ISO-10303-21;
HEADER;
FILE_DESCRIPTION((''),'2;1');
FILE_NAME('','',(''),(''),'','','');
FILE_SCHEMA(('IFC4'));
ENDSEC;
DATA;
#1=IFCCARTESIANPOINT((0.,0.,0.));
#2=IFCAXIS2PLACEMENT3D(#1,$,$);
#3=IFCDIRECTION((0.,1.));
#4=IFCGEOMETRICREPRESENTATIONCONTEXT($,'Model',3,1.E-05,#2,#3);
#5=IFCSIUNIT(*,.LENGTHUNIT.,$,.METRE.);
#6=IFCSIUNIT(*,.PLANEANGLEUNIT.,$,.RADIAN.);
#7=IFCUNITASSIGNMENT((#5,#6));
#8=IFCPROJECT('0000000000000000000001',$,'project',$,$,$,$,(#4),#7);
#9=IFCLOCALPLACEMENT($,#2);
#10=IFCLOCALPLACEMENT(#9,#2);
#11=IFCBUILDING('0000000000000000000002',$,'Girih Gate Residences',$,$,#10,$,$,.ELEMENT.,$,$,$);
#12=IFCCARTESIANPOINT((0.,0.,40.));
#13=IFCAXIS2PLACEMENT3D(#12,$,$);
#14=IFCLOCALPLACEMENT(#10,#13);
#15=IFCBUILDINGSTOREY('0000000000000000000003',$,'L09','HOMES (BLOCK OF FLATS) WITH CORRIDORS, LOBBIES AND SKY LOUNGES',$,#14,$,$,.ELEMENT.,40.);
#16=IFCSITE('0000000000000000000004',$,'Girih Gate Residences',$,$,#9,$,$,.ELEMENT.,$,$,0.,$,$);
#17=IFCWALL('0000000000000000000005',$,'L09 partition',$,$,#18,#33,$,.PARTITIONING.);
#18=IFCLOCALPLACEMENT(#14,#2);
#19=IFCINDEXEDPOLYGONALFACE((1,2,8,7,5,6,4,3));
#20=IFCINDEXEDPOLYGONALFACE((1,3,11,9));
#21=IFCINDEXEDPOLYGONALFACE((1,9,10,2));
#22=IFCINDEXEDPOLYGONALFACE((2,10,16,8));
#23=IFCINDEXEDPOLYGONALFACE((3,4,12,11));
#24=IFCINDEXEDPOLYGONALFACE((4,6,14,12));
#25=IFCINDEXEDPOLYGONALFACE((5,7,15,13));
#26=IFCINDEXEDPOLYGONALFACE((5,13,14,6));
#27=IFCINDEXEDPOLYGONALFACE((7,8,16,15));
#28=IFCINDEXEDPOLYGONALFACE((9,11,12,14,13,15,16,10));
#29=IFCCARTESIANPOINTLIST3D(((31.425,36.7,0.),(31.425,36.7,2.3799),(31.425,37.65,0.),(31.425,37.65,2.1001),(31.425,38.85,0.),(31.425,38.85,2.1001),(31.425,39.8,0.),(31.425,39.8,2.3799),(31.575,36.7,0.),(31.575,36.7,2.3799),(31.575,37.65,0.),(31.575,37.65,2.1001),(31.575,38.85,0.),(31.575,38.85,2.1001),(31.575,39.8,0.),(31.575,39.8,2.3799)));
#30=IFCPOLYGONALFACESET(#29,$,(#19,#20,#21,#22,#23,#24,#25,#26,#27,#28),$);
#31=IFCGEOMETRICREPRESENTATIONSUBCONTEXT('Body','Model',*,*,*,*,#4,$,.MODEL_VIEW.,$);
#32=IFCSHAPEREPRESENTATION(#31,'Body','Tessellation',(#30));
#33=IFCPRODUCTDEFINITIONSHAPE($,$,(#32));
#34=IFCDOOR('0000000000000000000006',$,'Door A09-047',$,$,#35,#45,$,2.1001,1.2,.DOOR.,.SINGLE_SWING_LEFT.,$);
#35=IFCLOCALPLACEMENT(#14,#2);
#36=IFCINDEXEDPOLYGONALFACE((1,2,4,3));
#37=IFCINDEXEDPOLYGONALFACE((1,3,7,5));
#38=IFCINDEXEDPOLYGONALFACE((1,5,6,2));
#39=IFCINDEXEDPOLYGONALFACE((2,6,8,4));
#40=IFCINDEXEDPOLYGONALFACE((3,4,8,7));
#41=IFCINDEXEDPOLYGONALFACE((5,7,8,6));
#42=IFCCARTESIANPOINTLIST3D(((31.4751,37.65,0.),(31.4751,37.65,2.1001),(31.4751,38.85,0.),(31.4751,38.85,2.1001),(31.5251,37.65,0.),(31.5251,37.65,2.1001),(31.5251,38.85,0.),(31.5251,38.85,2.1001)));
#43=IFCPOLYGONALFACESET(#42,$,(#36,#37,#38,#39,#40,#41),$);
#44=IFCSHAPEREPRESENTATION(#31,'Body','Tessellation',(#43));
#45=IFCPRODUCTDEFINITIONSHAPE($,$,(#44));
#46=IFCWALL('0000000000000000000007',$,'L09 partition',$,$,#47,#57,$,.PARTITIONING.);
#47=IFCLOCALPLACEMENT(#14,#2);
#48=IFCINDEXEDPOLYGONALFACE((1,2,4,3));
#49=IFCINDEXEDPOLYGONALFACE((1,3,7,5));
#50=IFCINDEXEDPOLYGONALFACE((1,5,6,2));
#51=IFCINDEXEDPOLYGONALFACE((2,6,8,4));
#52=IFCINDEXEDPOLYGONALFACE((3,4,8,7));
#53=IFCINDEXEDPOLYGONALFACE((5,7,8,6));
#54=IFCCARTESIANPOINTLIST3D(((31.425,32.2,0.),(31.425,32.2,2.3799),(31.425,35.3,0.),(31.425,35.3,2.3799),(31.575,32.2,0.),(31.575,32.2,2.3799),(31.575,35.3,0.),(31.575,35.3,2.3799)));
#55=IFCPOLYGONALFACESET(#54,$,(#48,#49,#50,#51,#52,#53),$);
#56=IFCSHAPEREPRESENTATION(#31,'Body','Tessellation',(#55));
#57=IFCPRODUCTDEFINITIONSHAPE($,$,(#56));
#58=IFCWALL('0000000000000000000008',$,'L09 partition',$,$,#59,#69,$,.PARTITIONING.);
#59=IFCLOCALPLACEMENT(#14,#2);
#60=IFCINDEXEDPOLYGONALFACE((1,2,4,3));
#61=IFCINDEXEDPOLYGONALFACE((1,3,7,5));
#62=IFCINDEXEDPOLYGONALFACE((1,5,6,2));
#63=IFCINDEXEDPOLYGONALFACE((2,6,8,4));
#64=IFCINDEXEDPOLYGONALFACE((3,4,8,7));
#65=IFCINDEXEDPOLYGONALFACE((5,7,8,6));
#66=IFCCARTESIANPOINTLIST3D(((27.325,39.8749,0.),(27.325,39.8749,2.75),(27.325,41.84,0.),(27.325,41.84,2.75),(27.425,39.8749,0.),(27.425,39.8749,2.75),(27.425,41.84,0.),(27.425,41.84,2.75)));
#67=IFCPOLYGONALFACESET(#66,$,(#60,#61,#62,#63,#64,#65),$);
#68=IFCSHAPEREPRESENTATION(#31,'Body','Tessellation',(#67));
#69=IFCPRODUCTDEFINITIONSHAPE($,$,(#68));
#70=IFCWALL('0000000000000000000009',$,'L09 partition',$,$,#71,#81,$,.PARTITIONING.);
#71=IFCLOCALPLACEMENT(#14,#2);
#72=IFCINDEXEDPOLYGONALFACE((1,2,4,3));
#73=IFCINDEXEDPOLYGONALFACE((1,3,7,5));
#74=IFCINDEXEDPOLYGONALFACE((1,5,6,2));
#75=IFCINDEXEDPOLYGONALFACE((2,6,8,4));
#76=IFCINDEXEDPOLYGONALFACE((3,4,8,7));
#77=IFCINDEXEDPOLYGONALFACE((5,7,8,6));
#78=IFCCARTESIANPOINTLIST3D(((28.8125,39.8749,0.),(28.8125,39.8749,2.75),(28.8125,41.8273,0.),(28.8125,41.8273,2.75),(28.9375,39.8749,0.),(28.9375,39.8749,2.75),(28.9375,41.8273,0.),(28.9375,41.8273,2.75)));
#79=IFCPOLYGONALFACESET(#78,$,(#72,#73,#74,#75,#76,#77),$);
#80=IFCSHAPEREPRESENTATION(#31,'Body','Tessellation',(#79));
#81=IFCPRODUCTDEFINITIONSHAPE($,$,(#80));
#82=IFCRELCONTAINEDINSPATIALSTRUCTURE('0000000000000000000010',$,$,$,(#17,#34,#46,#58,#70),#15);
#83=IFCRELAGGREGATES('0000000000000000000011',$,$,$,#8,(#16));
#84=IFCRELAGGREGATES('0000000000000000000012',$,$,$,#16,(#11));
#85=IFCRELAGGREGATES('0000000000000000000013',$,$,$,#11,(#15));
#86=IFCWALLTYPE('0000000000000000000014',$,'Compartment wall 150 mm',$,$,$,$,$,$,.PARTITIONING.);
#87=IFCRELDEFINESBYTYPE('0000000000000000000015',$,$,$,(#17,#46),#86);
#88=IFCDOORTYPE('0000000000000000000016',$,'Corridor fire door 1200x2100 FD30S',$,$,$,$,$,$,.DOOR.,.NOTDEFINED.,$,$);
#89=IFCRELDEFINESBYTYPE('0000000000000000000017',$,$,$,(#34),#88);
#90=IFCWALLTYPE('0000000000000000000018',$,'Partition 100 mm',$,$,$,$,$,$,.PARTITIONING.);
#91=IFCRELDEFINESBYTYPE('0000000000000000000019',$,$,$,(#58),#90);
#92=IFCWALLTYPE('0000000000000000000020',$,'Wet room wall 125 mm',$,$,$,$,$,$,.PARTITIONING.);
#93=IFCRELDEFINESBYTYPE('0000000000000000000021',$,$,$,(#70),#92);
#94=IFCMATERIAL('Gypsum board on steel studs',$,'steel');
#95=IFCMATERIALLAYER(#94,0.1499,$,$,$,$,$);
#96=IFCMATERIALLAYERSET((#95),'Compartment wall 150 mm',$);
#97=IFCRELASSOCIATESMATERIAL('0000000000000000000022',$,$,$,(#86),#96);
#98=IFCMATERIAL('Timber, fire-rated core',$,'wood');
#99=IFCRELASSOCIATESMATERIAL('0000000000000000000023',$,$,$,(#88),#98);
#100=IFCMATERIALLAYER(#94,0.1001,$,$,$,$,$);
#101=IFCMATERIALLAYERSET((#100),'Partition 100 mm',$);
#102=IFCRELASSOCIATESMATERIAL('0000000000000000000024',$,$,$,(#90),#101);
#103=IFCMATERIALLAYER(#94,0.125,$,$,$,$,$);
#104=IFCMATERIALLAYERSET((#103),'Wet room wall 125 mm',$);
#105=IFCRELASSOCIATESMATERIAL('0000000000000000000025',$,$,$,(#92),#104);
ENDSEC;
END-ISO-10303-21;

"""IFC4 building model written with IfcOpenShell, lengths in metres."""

from ifc_helpers import new_model, si_unit, direction, frame, frame_2d, origin, place, context, subcontext, project, spatial, rectangle, extrude, material, layer, layer_set, type_object, element, fill, save


model = new_model("IFC4")

# Units and contexts
model_context = context("Model", 3, precision=1e-05, world=origin(), true_north=direction((0.0, 1.0)))
body_context = subcontext(model_context, "Body", "Model", "MODEL_VIEW")
ifc_project = project(units=[si_unit("LENGTHUNIT", "METRE"), si_unit("PLANEANGLEUNIT", "RADIAN")], contexts=[model_context])

# Site, building, storey
site_placement = place(None, origin())
site = spatial("IfcSite", under=ifc_project, at=site_placement, Name="Girih Gate Residences", CompositionType="ELEMENT", RefElevation=0.0)
building_placement = place(site_placement, origin())
building = spatial("IfcBuilding", under=site, at=building_placement, Name="Girih Gate Residences", CompositionType="ELEMENT")
storey_placement = place(building_placement, frame((0.0, 0.0, 40.0)))
storey = spatial("IfcBuildingStorey", under=building, at=storey_placement, Name="L09", Description="HOMES (BLOCK OF FLATS) WITH CORRIDORS, LOBBIES AND SKY LOUNGES", CompositionType="ELEMENT", Elevation=40.0)

# Shared definitions
ifc_material_1 = material(Name="Gypsum board on steel studs", Category="steel")
ifc_layer_1 = layer(ifc_material_1, 0.1499)
ifc_layer_set_1 = layer_set([ifc_layer_1], Name="Compartment wall 150 mm")
wall_type_1 = type_object("IfcWallType", Name="Compartment wall 150 mm", PredefinedType="PARTITIONING", material=ifc_layer_set_1)

# Wall, opening, door
ifc_material_2 = material(Name="Timber, fire-rated core", Category="wood")
wall_1_placement = place(storey_placement, frame((31.5, 36.7, 0.0), z_axis=(0.0, 0.0, 1.0), x_axis=(0.0, 1.0, 0.0)))
wall_1 = element("IfcWall", 1, at=wall_1_placement, inside=storey, type_object=wall_type_1, Name="L09 partition", PredefinedType="PARTITIONING", context=body_context, shape_type="SweptSolid", body=[
    extrude(rectangle(XDim=3.1001, YDim=0.1499, at=frame_2d((1.55, 0.0))), origin(), (0.0, 0.0, 1.0), 2.3799),
])
opening_1_placement = place(wall_1_placement, frame((0.95, 0.0, 0.0)))
opening_1 = element("IfcOpeningElement", 2, at=opening_1_placement, cuts=wall_1, PredefinedType="OPENING", context=body_context, shape_type="SweptSolid", body=[
    extrude(rectangle(XDim=1.2, YDim=2.1001, at=frame_2d((0.6001, 1.05))), frame((0.0, 0.085, 0.0), z_axis=(0.0, -1.0, 0.0), x_axis=(1.0, 0.0, 0.0)), (0.0, 0.0, 1.0), 0.1699),
])
door_type_1 = type_object("IfcDoorType", Name="Corridor fire door 1200x2100 FD30S", OperationType="NOTDEFINED", PredefinedType="DOOR", material=ifc_material_2)
door_1_placement = place(opening_1_placement, origin())
door_1 = element("IfcDoor", 3, at=door_1_placement, inside=storey, type_object=door_type_1, Name="Door A09-047", OperationType="SINGLE_SWING_LEFT", OverallHeight=2.1001, OverallWidth=1.2, PredefinedType="DOOR", context=body_context, shape_type="SweptSolid", body=[
    extrude(rectangle(XDim=1.2, YDim=2.1001, at=frame_2d((0.6001, 1.05))), frame((0.0, 0.0249, 0.0), z_axis=(0.0, -1.0, 0.0), x_axis=(1.0, 0.0, 0.0)), (0.0, 0.0, 1.0), 0.05),
])
fill(opening_1, door_1)

# Walls
wall_2_placement = place(storey_placement, frame((31.5, 32.2, 0.0), z_axis=(0.0, 0.0, 1.0), x_axis=(0.0, 1.0, 0.0)))
element("IfcWall", 4, at=wall_2_placement, inside=storey, type_object=wall_type_1, Name="L09 partition", PredefinedType="PARTITIONING", context=body_context, shape_type="SweptSolid", body=[
    extrude(rectangle(XDim=3.1001, YDim=0.1499, at=frame_2d((1.55, 0.0))), origin(), (0.0, 0.0, 1.0), 2.3799),
])
ifc_layer_2 = layer(ifc_material_1, 0.1001)
ifc_layer_set_2 = layer_set([ifc_layer_2], Name="Partition 100 mm")
wall_type_2 = type_object("IfcWallType", Name="Partition 100 mm", PredefinedType="PARTITIONING", material=ifc_layer_set_2)
wall_3_placement = place(storey_placement, frame((27.375, 39.875, 0.0), z_axis=(0.0, 0.0, 1.0), x_axis=(0.0, 1.0, 0.0)))
element("IfcWall", 5, at=wall_3_placement, inside=storey, type_object=wall_type_2, Name="L09 partition", PredefinedType="PARTITIONING", context=body_context, shape_type="SweptSolid", body=[
    extrude(rectangle(XDim=1.9651, YDim=0.1001, at=frame_2d((0.9824, 0.0))), origin(), (0.0, 0.0, 1.0), 2.75),
])
ifc_layer_3 = layer(ifc_material_1, 0.125)
ifc_layer_set_3 = layer_set([ifc_layer_3], Name="Wet room wall 125 mm")
wall_type_3 = type_object("IfcWallType", Name="Wet room wall 125 mm", PredefinedType="PARTITIONING", material=ifc_layer_set_3)
wall_4_placement = place(storey_placement, frame((28.875, 39.875, 0.0), z_axis=(0.0, 0.0, 1.0), x_axis=(0.0, 1.0, 0.0)))
element("IfcWall", 6, at=wall_4_placement, inside=storey, type_object=wall_type_3, Name="L09 partition", PredefinedType="PARTITIONING", context=body_context, shape_type="SweptSolid", body=[
    extrude(rectangle(XDim=1.9524, YDim=0.125, at=frame_2d((0.9761, 0.0))), origin(), (0.0, 0.0, 1.0), 2.75),
])

save(model, "model.ifc")
